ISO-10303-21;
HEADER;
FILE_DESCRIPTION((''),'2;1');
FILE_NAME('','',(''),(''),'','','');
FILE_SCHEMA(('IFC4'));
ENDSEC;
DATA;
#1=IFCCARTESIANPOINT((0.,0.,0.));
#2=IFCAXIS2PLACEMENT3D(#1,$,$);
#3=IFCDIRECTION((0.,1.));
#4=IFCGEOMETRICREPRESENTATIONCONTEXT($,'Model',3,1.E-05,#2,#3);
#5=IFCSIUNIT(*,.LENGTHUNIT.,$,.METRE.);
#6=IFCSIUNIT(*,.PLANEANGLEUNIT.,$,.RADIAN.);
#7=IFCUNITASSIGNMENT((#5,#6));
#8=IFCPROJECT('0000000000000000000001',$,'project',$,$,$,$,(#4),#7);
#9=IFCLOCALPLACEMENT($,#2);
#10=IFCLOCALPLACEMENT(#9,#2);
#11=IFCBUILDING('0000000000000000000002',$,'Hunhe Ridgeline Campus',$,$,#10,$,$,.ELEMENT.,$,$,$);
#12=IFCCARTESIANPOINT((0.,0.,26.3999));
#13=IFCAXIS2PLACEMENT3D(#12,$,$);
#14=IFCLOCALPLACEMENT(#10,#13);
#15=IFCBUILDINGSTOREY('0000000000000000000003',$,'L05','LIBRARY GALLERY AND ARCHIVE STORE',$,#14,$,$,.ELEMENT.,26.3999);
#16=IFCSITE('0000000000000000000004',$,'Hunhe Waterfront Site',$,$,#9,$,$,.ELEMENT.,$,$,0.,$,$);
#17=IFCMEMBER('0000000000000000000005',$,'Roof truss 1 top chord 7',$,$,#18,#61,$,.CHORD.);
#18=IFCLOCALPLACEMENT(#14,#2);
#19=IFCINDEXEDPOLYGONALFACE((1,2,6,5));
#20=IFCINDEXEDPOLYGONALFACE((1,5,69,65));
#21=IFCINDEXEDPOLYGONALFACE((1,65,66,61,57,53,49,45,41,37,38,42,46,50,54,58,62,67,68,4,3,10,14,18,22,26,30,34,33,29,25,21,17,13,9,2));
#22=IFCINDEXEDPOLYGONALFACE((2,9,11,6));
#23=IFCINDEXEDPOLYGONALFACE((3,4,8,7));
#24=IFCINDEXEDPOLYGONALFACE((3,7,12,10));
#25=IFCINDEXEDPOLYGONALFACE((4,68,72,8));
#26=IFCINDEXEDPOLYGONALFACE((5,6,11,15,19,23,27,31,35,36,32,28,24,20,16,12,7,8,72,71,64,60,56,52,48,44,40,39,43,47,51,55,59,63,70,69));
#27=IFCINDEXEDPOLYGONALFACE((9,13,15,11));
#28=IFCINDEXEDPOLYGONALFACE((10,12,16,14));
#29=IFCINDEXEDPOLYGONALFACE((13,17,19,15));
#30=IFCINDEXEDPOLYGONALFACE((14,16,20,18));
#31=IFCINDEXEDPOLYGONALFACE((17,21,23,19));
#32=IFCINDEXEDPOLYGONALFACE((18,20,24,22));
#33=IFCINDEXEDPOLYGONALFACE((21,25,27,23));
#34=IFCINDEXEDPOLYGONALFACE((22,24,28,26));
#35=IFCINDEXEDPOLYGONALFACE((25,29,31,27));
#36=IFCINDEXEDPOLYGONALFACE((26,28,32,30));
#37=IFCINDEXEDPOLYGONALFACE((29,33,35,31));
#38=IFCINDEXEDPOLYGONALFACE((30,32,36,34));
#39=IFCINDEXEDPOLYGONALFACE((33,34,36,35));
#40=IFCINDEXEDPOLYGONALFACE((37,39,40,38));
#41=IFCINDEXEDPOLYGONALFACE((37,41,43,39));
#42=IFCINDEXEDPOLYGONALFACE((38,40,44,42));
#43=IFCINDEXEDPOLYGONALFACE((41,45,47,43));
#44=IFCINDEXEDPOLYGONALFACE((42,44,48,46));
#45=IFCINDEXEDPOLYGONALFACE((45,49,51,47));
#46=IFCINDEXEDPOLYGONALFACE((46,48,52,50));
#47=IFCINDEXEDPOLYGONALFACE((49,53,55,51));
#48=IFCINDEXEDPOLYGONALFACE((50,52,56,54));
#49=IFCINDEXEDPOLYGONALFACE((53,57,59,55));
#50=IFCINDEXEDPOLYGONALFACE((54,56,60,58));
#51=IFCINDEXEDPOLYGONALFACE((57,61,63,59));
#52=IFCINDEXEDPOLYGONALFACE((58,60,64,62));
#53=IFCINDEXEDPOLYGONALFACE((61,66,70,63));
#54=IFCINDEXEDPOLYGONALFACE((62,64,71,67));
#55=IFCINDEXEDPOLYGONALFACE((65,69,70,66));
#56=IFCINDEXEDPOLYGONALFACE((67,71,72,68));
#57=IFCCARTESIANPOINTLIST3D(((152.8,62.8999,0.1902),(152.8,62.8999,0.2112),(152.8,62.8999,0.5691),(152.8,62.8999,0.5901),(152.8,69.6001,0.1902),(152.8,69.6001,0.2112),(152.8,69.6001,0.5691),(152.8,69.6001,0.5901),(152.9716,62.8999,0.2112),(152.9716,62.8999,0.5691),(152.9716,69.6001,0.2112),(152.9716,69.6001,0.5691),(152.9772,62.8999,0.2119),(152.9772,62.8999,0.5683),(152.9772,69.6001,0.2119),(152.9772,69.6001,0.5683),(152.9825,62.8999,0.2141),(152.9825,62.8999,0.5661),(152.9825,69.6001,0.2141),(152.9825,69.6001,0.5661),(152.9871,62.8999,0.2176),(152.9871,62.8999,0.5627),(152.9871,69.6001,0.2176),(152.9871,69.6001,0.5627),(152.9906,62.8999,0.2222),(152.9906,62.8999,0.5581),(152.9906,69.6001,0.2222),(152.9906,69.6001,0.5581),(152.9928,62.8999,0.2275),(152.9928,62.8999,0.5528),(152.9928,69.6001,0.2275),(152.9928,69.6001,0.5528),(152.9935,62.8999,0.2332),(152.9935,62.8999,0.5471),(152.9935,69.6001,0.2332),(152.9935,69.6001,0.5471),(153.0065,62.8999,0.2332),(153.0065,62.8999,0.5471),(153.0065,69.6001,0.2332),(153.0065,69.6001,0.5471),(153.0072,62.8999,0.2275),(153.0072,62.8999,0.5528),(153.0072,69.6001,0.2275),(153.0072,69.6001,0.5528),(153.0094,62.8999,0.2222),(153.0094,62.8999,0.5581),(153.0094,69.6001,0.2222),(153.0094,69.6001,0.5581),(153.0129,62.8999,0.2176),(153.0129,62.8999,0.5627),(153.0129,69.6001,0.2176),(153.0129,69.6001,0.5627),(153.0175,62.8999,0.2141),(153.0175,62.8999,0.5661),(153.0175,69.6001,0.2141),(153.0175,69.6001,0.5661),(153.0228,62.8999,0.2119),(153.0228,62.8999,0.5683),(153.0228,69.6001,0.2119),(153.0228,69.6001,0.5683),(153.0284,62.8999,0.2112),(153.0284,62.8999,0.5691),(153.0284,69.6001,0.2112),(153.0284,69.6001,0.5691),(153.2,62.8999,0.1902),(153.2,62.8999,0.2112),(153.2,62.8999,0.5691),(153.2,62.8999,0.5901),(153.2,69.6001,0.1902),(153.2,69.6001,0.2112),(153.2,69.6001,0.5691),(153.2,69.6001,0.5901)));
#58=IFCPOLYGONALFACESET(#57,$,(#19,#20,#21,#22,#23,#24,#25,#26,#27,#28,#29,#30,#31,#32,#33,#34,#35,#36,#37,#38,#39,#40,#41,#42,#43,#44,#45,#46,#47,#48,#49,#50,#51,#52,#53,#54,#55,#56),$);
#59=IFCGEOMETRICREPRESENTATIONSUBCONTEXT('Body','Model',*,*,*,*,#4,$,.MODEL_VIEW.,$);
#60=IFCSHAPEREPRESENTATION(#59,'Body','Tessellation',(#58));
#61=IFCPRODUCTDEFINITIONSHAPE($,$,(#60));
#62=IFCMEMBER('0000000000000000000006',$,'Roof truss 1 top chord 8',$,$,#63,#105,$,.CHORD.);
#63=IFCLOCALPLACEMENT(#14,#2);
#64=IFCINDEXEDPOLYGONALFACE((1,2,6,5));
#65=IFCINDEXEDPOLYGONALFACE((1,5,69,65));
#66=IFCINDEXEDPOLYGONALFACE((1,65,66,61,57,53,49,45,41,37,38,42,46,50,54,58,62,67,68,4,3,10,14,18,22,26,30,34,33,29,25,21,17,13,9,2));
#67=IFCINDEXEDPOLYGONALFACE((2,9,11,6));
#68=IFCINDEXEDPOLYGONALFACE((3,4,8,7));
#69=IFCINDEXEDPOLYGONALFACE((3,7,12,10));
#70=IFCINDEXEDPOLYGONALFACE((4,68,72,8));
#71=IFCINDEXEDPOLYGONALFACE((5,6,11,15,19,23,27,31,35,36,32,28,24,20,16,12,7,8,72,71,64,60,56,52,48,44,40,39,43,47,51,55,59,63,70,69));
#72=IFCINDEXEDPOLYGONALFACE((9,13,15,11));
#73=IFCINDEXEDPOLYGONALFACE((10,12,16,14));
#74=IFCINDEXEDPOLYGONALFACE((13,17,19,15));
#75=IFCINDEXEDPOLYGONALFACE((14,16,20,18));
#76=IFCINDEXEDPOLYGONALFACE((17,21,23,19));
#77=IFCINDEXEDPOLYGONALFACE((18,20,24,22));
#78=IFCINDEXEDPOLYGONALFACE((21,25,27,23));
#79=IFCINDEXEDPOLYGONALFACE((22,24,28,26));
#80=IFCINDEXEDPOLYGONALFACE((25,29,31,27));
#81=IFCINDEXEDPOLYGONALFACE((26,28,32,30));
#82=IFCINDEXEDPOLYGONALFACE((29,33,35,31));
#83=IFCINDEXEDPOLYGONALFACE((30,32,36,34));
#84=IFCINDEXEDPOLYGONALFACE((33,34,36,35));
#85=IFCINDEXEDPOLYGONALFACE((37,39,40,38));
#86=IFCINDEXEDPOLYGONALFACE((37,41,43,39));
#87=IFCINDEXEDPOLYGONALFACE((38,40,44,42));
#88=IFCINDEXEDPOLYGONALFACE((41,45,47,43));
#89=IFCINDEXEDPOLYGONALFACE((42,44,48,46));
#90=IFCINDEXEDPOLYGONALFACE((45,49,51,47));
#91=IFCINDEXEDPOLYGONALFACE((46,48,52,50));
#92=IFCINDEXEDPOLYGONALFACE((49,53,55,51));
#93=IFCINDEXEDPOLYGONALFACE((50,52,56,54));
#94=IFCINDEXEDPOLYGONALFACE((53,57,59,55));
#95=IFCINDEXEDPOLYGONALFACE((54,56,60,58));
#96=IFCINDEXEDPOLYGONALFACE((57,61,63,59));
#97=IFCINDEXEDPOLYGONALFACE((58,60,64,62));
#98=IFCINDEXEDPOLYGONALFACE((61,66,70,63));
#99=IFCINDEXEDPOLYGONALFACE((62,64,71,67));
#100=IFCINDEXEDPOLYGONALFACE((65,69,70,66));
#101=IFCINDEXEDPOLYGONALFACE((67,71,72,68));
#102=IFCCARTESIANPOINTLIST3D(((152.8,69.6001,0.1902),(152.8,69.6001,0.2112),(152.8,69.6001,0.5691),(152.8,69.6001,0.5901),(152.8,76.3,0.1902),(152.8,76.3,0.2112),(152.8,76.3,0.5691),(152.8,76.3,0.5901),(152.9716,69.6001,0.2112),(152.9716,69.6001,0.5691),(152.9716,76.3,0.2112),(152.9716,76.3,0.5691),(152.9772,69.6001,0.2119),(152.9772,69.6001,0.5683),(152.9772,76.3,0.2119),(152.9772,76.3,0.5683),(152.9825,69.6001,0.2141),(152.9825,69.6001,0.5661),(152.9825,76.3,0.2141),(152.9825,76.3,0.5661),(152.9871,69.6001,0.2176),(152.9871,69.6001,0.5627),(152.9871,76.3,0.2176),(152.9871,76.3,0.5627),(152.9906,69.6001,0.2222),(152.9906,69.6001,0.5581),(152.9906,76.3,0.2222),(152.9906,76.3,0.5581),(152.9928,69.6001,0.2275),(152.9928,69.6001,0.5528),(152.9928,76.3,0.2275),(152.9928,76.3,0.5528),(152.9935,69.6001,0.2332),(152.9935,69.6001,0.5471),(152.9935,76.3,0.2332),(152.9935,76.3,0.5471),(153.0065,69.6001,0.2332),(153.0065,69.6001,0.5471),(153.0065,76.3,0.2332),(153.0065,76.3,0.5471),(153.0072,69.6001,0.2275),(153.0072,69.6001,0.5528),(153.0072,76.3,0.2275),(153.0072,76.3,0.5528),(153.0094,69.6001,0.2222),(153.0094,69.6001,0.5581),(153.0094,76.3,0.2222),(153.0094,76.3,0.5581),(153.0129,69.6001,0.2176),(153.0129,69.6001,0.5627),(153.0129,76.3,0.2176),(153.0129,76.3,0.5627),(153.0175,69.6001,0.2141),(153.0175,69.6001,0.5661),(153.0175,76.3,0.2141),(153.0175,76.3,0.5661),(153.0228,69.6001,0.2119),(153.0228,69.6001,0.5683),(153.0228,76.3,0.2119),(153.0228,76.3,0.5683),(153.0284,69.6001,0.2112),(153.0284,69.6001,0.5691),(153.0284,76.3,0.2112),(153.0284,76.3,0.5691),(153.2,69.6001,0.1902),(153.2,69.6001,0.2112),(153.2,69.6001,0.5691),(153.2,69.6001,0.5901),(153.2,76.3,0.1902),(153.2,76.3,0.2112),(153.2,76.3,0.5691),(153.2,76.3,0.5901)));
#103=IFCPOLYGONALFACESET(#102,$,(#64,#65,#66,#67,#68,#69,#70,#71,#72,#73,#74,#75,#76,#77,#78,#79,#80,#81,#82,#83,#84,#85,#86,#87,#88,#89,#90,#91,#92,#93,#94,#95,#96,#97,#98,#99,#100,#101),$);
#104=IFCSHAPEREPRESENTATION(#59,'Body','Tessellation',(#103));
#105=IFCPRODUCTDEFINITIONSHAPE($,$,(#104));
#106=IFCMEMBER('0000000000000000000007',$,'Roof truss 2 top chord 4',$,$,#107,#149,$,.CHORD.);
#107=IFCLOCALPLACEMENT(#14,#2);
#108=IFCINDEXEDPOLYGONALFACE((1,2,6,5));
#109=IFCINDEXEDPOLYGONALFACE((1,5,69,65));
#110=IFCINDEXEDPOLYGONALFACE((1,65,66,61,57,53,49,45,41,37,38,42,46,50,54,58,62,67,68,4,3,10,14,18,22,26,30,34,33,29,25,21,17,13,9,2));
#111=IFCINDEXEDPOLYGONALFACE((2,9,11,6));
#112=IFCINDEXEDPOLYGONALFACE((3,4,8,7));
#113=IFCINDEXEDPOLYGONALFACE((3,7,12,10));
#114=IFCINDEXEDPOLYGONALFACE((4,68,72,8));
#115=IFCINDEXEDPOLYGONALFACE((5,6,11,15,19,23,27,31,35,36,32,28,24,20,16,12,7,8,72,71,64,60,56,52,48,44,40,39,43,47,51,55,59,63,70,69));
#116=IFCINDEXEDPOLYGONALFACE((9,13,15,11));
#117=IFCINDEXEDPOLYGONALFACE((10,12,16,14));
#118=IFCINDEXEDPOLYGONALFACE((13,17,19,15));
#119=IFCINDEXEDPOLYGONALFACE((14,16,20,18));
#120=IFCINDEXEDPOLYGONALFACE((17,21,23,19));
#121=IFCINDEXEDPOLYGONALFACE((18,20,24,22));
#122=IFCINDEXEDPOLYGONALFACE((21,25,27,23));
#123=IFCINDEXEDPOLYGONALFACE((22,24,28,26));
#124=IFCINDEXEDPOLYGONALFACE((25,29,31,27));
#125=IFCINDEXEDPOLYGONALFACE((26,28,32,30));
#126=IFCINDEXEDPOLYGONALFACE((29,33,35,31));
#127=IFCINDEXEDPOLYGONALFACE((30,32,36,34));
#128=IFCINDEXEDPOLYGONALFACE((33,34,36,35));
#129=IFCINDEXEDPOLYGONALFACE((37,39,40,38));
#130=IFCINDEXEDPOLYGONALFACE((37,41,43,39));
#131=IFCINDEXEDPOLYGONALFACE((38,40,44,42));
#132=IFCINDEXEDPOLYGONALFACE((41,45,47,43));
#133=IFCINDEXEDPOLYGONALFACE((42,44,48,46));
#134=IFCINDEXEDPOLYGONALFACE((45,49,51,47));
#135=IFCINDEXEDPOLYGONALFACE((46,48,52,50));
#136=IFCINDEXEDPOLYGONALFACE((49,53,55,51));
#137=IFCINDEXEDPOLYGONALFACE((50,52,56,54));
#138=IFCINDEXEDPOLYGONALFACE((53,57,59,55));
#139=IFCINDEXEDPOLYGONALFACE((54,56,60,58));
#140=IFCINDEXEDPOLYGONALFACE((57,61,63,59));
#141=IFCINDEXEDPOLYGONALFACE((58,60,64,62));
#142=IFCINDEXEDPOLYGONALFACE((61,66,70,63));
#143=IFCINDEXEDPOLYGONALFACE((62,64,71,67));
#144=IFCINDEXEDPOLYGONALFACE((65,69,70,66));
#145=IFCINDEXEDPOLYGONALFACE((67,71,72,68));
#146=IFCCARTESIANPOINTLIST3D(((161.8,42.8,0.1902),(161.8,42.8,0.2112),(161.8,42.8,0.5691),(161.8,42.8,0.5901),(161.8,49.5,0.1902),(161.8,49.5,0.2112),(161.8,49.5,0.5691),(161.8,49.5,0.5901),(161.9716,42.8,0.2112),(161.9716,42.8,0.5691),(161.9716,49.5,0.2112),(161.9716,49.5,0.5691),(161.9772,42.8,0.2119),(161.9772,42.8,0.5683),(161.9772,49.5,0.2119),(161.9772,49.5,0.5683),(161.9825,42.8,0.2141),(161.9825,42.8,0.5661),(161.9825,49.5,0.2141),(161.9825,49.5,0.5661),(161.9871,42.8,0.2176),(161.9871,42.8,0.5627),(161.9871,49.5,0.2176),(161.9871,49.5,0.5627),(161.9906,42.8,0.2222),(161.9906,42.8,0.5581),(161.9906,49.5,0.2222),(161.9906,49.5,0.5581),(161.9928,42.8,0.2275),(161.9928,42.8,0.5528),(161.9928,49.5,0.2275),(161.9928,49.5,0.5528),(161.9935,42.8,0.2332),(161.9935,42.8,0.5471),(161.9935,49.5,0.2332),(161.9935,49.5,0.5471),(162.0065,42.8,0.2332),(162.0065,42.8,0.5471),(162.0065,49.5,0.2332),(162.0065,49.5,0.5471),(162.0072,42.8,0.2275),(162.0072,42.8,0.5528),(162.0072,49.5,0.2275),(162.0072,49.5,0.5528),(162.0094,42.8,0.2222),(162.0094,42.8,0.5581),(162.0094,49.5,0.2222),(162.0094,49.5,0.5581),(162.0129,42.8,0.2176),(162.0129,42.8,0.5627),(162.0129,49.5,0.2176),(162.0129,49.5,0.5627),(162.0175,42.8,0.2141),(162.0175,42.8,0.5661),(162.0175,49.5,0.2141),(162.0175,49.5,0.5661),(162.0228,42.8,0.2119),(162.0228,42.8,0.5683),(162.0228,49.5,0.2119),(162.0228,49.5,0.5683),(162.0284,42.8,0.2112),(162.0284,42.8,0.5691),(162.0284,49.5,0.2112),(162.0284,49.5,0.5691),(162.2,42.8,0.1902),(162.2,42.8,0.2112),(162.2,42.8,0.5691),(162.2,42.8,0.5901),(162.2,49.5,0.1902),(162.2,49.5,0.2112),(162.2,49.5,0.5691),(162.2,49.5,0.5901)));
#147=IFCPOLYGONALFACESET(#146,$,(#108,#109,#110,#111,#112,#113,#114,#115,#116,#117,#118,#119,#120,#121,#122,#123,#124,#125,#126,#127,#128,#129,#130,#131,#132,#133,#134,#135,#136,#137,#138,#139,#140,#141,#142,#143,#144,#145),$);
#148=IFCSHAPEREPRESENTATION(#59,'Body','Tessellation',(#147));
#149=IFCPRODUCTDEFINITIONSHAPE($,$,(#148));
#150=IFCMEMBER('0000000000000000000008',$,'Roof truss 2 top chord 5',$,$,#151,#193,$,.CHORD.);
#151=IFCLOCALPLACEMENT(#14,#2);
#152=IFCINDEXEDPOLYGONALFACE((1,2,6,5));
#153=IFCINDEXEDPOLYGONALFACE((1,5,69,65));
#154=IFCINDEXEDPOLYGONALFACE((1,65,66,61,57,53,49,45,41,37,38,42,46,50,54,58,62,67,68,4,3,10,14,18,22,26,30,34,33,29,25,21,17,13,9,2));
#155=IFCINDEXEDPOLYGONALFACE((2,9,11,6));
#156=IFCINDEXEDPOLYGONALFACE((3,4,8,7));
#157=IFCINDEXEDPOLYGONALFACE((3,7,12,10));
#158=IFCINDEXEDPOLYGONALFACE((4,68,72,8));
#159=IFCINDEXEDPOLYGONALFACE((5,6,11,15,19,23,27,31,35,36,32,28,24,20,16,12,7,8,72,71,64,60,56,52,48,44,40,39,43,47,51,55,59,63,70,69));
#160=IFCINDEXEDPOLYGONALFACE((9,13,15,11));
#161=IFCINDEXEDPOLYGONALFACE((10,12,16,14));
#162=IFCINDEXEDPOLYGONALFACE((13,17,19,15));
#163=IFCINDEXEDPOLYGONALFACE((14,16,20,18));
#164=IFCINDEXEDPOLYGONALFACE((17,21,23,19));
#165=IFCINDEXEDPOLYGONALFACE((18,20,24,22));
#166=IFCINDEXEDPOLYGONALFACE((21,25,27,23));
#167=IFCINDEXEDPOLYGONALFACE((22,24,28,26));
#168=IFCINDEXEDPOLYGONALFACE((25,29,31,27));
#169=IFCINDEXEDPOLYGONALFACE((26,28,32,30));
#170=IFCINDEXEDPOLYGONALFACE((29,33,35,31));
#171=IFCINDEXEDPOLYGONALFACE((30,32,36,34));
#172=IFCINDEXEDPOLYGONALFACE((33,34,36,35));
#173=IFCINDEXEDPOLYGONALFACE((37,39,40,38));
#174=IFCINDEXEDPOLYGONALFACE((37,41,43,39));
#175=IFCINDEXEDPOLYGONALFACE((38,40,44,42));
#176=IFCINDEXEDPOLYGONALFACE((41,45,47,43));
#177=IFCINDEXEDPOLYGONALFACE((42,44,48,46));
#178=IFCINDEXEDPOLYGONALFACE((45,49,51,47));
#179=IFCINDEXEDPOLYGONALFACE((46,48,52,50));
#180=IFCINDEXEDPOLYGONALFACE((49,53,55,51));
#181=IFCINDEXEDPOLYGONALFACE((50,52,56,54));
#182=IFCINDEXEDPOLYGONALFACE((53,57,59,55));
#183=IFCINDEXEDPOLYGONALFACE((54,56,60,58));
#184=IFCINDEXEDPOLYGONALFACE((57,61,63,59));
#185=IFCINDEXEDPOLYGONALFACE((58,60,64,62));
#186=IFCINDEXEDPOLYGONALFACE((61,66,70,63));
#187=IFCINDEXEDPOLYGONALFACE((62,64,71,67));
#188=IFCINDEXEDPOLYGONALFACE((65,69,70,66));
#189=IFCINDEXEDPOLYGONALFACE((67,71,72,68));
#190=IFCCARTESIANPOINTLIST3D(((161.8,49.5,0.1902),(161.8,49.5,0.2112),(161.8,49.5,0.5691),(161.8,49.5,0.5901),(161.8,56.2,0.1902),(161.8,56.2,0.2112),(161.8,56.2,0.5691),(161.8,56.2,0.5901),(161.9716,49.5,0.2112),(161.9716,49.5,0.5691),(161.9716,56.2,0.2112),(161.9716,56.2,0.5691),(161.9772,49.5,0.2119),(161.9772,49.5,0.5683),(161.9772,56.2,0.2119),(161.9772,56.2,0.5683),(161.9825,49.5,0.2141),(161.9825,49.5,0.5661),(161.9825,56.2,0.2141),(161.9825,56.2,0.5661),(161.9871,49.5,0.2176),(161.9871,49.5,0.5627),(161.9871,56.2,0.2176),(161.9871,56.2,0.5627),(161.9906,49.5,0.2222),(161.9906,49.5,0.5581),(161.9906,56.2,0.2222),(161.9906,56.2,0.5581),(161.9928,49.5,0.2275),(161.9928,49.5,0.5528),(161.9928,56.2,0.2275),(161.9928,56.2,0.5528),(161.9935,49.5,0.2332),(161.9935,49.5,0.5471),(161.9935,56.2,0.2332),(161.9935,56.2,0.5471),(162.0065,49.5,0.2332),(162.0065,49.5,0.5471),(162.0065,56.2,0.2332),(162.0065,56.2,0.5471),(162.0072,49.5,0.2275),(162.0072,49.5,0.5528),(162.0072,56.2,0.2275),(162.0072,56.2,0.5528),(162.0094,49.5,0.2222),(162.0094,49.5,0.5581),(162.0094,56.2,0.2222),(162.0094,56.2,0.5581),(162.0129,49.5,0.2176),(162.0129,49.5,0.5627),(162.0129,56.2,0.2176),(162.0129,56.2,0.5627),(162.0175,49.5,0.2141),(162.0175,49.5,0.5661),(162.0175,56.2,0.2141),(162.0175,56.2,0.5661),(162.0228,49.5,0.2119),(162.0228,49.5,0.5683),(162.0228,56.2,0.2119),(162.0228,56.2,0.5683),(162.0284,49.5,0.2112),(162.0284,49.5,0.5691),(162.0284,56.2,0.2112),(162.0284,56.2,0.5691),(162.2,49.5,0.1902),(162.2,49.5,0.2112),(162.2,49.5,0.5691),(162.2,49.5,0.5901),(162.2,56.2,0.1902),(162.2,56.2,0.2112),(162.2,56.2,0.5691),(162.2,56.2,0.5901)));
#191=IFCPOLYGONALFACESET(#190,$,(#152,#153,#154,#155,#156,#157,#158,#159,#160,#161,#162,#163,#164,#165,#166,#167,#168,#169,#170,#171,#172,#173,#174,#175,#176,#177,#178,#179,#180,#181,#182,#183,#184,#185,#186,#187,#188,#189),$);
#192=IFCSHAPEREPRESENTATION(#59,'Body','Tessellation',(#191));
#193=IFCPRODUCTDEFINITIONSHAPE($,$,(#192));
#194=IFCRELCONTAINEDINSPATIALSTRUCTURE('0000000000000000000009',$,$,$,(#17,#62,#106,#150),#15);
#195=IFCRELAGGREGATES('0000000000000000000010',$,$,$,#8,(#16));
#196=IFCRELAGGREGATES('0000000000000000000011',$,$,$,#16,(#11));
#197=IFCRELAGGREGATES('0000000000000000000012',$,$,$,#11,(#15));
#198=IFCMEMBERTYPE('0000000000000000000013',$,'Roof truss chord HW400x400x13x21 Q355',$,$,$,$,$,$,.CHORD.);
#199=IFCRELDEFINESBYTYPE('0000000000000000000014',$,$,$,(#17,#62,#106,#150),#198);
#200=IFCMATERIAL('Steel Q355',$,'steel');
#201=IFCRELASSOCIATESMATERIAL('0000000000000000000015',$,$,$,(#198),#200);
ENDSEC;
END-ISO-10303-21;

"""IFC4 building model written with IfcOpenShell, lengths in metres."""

from ifc_helpers import new_model, si_unit, direction, frame, origin, origin_2d, place, context, subcontext, project, spatial, i_section, extrude, material, material_profile, profile_set, type_object, element, save


model = new_model("IFC4")

# Units and contexts
model_context = context("Model", 3, precision=1e-05, world=origin(), true_north=direction((0.0, 1.0)))
body_context = subcontext(model_context, "Body", "Model", "MODEL_VIEW")
ifc_project = project(units=[si_unit("LENGTHUNIT", "METRE"), si_unit("PLANEANGLEUNIT", "RADIAN")], contexts=[model_context])

# Site, building, storey
site_placement = place(None, origin())
site = spatial("IfcSite", under=ifc_project, at=site_placement, Name="Hunhe Waterfront Site", CompositionType="ELEMENT", RefElevation=0.0)
building_placement = place(site_placement, origin())
building = spatial("IfcBuilding", under=site, at=building_placement, Name="Hunhe Ridgeline Campus", CompositionType="ELEMENT")
storey_placement = place(building_placement, frame((0.0, 0.0, 26.3999)))
storey = spatial("IfcBuildingStorey", under=building, at=storey_placement, Name="L05", Description="LIBRARY GALLERY AND ARCHIVE STORE", CompositionType="ELEMENT", Elevation=26.3999)

# Members
ifc_material_1 = material(Name="Steel Q355", Category="steel")
ifc_material_profile_1 = material_profile(ifc_material_1, i_section(OverallWidth=0.3999, OverallDepth=0.3999, WebThickness=0.0129, FlangeThickness=0.021, FilletRadius=0.022, at=origin_2d()))
ifc_profile_set_1 = profile_set([ifc_material_profile_1], Name="Steel Q355")
member_type_1 = type_object("IfcMemberType", Name="Roof truss chord HW400x400x13x21 Q355", PredefinedType="CHORD", material=ifc_profile_set_1)
member_1_placement = place(storey_placement, frame((153.0, 62.8999, 0.3901), z_axis=(0.0, 1.0, 0.0), x_axis=(-1.0, 0.0, 0.0)))
element("IfcMember", 1, at=member_1_placement, inside=storey, type_object=member_type_1, Name="Roof truss 1 top chord 7", PredefinedType="CHORD", context=body_context, shape_type="SweptSolid", body=[
    extrude(i_section(OverallWidth=0.3999, OverallDepth=0.3999, WebThickness=0.0129, FlangeThickness=0.021, FilletRadius=0.022, at=origin_2d()), origin(), (0.0, 0.0, 1.0), 6.7002),
])
for number, where, z_axis, x_axis, name in (
    (2, (153.0, 69.6001, 0.3901), (0.0, 1.0, 0.0), (-1.0, 0.0, 0.0), "Roof truss 1 top chord 8"),
    (3, (162.0, 42.8, 0.3901), (0.0, 1.0, 0.0), (-1.0, 0.0, 0.0), "Roof truss 2 top chord 4"),
    (4, (162.0, 49.5, 0.3901), (0.0, 1.0, 0.0), (-1.0, 0.0, 0.0), "Roof truss 2 top chord 5"),
):
    element("IfcMember", number, at=place(storey_placement, frame(where, z_axis=z_axis, x_axis=x_axis)), inside=storey, type_object=member_type_1, Name=name, PredefinedType="CHORD", context=body_context, shape_type="SweptSolid", body=[
        extrude(i_section(OverallWidth=0.3999, OverallDepth=0.3999, WebThickness=0.0129, FlangeThickness=0.021, FilletRadius=0.022, at=origin_2d()), origin(), (0.0, 0.0, 1.0), 6.7),
    ])

save(model, "model.ifc")
